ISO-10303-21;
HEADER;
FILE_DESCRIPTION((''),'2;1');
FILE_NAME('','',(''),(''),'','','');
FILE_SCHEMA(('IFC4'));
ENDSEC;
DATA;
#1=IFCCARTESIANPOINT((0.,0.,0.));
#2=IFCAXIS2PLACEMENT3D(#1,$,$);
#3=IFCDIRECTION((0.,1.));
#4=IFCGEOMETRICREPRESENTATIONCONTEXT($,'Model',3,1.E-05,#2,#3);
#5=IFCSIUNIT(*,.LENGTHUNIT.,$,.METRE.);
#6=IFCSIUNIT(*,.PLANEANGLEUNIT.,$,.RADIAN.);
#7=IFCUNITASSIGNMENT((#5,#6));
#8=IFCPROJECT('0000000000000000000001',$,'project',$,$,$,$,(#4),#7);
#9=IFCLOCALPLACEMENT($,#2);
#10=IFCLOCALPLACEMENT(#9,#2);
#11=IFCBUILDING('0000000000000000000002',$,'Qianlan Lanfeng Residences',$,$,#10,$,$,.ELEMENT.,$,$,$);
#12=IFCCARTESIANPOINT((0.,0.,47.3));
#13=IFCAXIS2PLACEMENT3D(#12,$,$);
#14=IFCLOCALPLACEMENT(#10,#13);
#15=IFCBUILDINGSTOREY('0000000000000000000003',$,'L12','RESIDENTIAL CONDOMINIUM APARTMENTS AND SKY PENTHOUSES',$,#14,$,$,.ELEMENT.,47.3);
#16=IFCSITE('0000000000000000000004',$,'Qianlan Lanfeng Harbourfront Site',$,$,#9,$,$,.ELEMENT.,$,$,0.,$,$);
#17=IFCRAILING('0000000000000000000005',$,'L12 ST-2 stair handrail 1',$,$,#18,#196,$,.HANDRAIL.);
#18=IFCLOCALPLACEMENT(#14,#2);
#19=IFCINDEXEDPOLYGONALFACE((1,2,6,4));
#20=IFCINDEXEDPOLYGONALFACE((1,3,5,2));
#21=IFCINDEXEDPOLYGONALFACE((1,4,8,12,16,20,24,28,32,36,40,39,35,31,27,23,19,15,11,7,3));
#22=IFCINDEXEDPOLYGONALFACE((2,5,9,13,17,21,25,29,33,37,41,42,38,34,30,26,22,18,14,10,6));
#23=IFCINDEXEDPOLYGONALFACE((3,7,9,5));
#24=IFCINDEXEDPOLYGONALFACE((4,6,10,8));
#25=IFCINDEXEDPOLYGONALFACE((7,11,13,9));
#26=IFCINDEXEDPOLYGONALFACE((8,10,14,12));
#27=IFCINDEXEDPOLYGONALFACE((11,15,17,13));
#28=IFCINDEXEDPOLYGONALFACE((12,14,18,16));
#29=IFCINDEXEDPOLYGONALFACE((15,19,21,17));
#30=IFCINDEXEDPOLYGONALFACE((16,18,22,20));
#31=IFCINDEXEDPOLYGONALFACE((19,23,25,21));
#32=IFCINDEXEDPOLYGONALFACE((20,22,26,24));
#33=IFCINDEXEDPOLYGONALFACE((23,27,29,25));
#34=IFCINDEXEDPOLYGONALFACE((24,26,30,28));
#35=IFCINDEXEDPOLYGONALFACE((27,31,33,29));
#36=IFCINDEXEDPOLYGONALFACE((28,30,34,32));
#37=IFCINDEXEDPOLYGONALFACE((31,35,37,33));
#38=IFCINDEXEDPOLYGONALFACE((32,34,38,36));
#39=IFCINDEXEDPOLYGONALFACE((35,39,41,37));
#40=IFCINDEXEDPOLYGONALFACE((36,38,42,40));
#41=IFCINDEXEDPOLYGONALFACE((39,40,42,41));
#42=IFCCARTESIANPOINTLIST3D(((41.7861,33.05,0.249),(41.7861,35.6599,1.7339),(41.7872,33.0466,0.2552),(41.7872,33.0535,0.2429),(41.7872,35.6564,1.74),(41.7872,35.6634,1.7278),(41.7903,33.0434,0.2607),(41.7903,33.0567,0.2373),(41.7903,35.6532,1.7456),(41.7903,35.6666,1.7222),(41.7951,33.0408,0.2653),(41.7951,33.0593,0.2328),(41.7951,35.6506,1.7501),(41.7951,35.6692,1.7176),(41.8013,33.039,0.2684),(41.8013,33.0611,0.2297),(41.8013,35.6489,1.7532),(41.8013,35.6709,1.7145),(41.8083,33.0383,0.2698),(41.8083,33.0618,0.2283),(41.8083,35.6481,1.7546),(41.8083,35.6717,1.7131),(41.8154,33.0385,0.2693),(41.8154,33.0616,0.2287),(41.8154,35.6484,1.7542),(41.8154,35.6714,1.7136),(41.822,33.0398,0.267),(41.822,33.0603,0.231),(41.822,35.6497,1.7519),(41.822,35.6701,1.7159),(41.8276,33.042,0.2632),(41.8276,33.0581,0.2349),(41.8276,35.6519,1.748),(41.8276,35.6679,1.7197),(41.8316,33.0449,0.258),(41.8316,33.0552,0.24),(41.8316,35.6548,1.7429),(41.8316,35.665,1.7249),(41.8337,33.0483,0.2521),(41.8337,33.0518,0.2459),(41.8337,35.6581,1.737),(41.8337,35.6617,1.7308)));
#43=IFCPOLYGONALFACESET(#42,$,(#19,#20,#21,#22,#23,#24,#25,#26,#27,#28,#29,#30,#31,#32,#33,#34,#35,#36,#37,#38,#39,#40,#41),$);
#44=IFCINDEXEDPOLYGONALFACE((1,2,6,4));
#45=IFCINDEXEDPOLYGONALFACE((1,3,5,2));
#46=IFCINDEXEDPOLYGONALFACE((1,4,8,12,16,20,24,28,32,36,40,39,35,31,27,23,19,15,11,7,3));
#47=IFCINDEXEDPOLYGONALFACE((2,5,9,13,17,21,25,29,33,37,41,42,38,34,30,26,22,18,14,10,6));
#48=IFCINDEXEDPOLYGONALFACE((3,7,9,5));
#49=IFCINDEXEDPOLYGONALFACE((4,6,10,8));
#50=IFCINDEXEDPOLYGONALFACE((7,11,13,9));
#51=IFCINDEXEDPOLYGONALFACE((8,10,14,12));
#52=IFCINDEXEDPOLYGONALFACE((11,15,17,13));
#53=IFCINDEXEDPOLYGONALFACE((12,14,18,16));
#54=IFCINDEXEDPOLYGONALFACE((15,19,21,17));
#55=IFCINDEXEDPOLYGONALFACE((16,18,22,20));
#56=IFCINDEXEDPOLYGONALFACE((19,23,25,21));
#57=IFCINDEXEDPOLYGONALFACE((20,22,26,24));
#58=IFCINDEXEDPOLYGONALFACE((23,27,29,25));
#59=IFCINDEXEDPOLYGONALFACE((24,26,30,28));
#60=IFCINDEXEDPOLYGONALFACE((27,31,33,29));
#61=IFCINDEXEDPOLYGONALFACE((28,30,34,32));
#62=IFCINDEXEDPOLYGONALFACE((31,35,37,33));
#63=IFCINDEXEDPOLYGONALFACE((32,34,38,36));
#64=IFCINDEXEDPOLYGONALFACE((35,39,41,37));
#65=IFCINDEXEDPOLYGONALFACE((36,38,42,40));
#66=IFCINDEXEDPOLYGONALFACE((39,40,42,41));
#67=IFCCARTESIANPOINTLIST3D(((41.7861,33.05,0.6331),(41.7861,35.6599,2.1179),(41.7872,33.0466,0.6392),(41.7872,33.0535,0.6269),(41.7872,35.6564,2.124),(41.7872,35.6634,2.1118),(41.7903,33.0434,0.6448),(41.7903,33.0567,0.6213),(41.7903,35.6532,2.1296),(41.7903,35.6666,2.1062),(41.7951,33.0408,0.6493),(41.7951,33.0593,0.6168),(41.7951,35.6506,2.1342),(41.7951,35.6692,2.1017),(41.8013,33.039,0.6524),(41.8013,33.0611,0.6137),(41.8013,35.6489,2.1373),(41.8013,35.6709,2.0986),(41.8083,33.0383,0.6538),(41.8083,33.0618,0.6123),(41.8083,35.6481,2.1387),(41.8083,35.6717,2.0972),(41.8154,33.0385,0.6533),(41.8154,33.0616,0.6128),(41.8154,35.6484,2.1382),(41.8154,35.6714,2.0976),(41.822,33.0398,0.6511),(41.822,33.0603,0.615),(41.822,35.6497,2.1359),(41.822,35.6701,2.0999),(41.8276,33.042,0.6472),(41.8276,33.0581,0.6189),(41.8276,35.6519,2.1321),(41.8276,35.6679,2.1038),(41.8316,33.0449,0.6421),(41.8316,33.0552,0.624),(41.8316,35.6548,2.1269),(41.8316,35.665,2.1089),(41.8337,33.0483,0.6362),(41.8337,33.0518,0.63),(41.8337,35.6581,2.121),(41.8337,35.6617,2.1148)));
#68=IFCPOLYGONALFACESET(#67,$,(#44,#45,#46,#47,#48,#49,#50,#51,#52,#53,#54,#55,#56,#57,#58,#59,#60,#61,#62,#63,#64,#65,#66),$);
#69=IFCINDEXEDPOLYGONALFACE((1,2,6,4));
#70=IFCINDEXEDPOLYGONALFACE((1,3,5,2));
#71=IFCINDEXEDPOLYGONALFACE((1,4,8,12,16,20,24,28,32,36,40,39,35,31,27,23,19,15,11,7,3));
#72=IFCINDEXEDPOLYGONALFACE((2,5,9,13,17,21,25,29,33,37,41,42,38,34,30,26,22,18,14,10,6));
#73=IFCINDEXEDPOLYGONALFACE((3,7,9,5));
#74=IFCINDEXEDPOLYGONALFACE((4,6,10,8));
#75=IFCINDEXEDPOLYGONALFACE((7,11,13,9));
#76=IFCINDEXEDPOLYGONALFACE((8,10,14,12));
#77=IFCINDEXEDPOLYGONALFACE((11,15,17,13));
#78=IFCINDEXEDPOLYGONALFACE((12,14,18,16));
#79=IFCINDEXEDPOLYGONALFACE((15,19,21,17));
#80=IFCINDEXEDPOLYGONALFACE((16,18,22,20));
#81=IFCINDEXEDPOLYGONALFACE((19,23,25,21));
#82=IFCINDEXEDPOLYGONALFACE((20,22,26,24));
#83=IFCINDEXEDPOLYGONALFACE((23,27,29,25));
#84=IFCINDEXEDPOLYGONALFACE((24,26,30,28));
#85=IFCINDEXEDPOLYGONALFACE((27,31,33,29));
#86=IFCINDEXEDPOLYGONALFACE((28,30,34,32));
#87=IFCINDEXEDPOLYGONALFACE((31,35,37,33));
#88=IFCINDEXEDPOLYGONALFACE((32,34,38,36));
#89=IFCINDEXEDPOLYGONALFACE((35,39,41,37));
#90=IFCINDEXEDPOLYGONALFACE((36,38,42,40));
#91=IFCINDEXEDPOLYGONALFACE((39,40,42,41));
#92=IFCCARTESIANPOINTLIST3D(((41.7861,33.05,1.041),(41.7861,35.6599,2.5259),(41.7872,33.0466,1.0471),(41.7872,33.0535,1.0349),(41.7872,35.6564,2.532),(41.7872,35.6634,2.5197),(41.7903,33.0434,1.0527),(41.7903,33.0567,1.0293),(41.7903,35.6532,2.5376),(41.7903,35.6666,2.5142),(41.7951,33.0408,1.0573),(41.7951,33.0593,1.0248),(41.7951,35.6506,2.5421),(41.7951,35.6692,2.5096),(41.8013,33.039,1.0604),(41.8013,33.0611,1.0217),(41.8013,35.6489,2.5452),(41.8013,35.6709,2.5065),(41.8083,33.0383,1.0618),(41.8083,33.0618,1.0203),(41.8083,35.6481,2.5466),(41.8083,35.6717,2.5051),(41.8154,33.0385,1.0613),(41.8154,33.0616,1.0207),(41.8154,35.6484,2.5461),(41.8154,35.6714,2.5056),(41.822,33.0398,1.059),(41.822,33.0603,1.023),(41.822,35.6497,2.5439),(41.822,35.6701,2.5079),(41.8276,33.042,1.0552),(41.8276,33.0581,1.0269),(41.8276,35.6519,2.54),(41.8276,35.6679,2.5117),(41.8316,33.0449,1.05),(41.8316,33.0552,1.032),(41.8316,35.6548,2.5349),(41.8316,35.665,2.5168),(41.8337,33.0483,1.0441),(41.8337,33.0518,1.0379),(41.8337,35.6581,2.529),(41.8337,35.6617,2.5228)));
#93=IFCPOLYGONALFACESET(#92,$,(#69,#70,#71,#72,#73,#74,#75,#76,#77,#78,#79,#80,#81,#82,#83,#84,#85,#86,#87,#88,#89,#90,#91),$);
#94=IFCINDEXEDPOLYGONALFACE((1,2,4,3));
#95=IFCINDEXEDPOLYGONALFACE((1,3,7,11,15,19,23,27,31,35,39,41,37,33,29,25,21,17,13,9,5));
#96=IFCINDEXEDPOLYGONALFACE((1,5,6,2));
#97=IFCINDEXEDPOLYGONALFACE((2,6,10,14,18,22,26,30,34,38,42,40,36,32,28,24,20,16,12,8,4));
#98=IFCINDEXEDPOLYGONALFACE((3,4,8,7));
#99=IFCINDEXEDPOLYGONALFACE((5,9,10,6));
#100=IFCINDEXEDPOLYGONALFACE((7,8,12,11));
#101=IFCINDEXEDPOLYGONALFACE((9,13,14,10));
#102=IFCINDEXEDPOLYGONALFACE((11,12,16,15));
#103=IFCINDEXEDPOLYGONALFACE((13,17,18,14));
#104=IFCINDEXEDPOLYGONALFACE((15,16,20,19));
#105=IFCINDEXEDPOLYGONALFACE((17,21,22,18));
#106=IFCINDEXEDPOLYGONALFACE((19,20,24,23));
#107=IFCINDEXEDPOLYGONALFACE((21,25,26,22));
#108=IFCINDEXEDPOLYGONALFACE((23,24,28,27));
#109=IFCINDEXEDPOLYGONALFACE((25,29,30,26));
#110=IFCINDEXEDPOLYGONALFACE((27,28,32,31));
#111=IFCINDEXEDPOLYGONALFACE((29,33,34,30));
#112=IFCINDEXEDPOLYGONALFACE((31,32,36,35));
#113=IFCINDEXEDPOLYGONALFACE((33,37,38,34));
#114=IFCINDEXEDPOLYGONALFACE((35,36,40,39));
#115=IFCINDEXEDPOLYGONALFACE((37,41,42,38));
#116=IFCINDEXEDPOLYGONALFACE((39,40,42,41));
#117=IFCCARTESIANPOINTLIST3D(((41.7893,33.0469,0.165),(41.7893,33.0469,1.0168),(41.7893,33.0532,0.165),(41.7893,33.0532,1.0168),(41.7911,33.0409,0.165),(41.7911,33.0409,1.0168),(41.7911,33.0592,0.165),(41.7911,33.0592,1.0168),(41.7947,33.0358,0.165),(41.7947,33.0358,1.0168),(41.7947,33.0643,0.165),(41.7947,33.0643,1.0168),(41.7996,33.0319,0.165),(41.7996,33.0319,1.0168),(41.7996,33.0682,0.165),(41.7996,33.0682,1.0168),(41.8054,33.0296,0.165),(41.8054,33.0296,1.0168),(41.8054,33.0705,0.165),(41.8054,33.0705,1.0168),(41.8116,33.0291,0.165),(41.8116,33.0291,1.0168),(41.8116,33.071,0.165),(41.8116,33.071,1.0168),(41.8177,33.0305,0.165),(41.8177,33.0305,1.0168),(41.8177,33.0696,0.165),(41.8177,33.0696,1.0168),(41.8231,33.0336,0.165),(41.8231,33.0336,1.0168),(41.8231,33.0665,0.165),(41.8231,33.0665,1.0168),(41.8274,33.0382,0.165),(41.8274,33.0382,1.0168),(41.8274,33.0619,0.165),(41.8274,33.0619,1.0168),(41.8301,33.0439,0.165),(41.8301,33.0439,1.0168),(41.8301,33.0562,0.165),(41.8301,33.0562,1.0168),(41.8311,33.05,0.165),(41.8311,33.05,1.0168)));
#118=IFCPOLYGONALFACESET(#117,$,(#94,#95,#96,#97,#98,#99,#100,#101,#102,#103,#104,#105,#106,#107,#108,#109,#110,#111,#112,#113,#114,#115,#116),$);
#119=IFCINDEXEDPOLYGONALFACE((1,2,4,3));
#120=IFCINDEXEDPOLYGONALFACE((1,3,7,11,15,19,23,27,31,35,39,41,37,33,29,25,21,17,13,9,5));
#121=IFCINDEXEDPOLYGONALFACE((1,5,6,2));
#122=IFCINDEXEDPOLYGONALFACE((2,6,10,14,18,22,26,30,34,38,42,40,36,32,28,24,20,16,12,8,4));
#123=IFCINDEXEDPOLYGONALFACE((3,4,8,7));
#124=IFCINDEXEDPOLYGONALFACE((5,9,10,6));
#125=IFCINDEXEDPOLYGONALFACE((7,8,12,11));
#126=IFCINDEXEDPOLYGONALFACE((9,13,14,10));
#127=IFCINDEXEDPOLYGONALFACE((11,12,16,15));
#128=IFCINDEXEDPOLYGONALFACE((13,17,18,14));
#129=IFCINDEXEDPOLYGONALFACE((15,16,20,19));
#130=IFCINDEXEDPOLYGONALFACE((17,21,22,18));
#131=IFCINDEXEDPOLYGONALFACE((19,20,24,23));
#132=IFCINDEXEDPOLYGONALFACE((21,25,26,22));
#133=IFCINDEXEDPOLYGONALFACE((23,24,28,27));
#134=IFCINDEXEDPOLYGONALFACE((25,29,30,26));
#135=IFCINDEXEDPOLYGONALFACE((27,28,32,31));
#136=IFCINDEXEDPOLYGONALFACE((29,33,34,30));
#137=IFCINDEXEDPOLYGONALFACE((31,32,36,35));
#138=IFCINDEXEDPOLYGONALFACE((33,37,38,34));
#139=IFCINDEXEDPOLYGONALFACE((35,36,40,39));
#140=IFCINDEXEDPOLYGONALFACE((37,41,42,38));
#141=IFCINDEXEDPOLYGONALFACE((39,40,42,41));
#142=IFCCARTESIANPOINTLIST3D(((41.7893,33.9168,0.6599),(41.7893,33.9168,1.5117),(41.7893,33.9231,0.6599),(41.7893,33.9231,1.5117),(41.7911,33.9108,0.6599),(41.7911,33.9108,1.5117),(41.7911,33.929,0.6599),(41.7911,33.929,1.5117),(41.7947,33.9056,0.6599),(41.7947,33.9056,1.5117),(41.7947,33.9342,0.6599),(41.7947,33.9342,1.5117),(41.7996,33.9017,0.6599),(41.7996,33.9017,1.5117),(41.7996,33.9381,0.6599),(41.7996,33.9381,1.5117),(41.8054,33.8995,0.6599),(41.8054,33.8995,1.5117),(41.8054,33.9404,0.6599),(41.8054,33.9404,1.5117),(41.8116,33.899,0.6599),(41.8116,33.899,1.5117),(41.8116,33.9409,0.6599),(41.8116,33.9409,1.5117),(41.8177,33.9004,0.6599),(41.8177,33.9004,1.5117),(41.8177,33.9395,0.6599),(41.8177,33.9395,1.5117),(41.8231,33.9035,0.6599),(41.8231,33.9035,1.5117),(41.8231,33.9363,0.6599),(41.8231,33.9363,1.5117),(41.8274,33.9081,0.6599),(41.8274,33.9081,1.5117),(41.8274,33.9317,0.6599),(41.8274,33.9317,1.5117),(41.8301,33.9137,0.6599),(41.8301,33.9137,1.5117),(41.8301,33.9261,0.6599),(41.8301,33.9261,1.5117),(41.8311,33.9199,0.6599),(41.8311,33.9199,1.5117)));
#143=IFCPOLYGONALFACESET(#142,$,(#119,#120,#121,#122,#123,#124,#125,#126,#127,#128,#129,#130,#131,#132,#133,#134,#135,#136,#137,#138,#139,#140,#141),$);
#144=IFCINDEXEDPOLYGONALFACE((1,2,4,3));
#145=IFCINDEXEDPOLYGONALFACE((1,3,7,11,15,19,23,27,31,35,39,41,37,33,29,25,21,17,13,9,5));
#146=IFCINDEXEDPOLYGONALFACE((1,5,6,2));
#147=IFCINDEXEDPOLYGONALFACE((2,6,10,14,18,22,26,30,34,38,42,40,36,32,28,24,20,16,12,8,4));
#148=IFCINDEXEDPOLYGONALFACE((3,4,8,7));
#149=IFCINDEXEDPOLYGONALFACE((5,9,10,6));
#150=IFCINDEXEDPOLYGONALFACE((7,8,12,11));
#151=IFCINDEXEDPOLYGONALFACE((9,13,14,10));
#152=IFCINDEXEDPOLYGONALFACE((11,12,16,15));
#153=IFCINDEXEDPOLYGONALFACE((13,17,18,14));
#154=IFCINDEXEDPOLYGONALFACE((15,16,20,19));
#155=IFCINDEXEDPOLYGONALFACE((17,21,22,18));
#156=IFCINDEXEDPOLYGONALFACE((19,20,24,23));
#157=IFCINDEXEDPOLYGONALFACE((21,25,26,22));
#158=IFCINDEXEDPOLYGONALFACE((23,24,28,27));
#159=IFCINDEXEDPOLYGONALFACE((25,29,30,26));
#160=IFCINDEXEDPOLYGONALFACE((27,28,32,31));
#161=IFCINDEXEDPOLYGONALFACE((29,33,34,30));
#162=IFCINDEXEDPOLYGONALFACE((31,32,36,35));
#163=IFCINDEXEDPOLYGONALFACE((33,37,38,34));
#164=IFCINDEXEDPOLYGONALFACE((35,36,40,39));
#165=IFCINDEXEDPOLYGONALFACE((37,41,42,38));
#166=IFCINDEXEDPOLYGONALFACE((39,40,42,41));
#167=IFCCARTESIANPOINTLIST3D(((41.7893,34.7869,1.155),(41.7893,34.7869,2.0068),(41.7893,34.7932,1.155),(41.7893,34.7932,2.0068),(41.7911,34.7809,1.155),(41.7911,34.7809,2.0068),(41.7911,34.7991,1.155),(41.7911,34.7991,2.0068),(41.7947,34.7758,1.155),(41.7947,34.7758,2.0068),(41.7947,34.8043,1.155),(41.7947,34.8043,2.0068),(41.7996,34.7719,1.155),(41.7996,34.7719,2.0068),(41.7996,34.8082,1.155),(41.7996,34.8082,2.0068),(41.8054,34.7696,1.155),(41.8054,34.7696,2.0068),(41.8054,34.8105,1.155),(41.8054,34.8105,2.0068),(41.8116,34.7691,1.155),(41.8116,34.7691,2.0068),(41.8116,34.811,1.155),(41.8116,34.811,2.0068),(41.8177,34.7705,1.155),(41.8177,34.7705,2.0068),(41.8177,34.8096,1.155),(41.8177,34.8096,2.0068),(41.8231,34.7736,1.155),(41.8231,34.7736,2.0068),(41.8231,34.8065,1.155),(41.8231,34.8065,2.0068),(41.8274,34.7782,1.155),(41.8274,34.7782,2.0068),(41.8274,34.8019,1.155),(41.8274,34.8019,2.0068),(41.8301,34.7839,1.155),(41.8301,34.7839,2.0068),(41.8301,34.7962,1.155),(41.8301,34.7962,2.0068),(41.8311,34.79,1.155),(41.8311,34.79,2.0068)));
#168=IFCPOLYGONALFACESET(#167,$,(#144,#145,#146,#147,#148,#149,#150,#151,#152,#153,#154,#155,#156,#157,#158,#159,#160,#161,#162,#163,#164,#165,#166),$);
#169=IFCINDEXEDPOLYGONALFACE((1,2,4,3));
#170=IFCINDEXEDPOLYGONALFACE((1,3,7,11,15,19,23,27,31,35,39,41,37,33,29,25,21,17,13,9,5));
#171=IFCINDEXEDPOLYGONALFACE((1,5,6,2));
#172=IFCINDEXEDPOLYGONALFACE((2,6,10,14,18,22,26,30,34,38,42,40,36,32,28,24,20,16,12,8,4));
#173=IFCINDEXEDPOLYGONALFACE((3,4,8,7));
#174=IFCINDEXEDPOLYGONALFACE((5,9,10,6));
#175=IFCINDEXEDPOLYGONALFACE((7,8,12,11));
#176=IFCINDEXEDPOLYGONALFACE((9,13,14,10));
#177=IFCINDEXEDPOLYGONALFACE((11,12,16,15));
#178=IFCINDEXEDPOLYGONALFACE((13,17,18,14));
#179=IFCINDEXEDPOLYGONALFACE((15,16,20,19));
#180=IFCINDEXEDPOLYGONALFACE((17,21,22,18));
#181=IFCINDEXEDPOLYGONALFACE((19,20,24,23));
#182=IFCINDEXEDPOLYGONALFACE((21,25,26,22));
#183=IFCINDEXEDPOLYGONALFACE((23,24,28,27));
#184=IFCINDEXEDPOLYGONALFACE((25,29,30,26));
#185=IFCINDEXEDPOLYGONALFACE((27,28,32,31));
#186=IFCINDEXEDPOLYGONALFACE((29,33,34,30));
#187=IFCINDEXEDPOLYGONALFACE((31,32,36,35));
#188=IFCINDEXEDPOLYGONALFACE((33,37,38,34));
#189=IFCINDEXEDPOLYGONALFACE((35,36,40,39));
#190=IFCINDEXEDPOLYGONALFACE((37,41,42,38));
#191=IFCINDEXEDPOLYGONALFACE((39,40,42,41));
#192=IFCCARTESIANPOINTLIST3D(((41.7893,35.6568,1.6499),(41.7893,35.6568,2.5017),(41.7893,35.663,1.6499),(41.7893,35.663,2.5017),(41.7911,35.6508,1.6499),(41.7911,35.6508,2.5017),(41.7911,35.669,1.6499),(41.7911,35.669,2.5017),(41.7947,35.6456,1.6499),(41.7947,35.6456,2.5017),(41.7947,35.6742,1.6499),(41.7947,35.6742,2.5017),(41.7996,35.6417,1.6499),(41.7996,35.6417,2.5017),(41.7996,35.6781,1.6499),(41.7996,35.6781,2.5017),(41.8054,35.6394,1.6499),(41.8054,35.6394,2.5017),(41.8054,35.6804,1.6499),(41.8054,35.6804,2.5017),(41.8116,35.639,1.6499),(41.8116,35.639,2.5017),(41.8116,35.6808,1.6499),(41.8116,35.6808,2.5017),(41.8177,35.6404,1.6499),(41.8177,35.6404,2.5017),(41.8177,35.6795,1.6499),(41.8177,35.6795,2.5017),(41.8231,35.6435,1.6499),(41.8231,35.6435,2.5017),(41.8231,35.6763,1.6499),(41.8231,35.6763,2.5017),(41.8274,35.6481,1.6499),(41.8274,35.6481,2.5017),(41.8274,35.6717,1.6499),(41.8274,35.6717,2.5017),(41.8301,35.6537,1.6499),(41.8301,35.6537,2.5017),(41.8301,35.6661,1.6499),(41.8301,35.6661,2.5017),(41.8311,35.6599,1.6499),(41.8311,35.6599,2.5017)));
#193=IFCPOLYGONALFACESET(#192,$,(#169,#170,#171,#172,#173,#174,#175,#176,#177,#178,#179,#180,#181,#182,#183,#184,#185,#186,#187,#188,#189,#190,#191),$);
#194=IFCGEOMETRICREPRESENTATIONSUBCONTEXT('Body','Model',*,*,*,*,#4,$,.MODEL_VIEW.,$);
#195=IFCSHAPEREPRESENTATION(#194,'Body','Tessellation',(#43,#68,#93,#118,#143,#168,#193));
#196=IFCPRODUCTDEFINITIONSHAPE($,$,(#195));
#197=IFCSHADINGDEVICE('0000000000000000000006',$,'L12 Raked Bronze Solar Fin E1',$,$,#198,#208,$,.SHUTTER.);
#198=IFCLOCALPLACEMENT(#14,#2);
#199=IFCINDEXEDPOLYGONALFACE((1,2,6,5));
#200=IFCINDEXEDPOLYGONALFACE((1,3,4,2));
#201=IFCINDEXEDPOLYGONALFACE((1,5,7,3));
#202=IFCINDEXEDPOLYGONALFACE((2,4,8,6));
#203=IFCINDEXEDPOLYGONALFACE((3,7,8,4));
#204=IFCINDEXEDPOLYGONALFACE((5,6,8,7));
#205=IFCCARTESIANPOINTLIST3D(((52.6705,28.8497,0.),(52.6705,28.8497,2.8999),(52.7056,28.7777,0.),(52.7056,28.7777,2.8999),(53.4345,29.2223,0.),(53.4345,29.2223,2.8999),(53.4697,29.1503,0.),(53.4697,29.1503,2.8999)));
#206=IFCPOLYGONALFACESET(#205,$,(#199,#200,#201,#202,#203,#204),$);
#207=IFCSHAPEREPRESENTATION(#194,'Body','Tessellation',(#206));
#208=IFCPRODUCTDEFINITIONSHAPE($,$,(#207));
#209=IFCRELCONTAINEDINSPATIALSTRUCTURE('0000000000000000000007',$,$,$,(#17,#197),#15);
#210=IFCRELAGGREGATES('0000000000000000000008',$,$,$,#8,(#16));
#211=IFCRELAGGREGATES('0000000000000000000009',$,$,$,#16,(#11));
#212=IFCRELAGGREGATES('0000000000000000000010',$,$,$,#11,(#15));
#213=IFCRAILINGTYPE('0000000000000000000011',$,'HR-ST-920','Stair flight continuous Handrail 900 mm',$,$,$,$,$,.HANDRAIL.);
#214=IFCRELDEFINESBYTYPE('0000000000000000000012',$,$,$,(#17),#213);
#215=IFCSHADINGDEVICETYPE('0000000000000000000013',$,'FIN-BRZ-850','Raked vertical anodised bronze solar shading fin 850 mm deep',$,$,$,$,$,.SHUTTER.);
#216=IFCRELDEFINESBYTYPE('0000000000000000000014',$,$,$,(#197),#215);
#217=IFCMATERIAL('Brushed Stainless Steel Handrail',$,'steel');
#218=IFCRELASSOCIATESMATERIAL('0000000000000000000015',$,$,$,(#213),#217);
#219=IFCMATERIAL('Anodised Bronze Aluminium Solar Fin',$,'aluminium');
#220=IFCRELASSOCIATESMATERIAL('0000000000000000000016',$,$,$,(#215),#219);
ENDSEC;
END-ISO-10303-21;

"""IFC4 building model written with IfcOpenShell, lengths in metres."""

from ifc_helpers import new_model, si_unit, direction, frame, origin, origin_2d, place, context, subcontext, project, spatial, rectangle, circle, extrude, source, transform, mapped, material, type_object, element, save


model = new_model("IFC4")

# Units and contexts
model_context = context("Model", 3, precision=1e-05, world=origin(), true_north=direction((0.0, 1.0)))
body_context = subcontext(model_context, "Body", "Model", "MODEL_VIEW")
ifc_project = project(units=[si_unit("LENGTHUNIT", "METRE"), si_unit("PLANEANGLEUNIT", "RADIAN")], contexts=[model_context])

# Site, building, storey
site_placement = place(None, origin())
site = spatial("IfcSite", under=ifc_project, at=site_placement, Name="Qianlan Lanfeng Harbourfront Site", CompositionType="ELEMENT", RefElevation=0.0)
building_placement = place(site_placement, origin())
building = spatial("IfcBuilding", under=site, at=building_placement, Name="Qianlan Lanfeng Residences", CompositionType="ELEMENT")
storey_placement = place(building_placement, frame((0.0, 0.0, 47.3)))
storey = spatial("IfcBuildingStorey", under=building, at=storey_placement, Name="L12", Description="RESIDENTIAL CONDOMINIUM APARTMENTS AND SKY PENTHOUSES", CompositionType="ELEMENT", Elevation=47.3)

# Railing
ifc_material_1 = material(Name="Brushed Stainless Steel Handrail", Category="steel")
railing_type_1 = type_object("IfcRailingType", Name="HR-ST-920", Description="Stair flight continuous Handrail 900 mm", PredefinedType="HANDRAIL", material=ifc_material_1)
railing_1_placement = place(storey_placement, frame((41.8101, 33.05, 0.165)))
element("IfcRailing", 1, at=railing_1_placement, inside=storey, type_object=railing_type_1, Name="L12 ST-2 stair handrail 1", PredefinedType="HANDRAIL", context=body_context, shape_type="SweptSolid", body=[
    extrude(circle(Radius=0.0239, at=origin_2d()), frame((0.0, 0.0, 0.084), z_axis=(0.0, 0.869172, 0.494509), x_axis=(-1.0, 0.0, 0.0)), (0.0, 0.0, 1.0), 3.0027),
    extrude(circle(Radius=0.0239, at=origin_2d()), frame((0.0, 0.0, 0.468), z_axis=(0.0, 0.869172, 0.494509), x_axis=(-1.0, 0.0, 0.0)), (0.0, 0.0, 1.0), 3.0027),
    extrude(circle(Radius=0.0239, at=origin_2d()), frame((0.0, 0.0, 0.876), z_axis=(0.0, 0.869172, 0.494509), x_axis=(-1.0, 0.0, 0.0)), (0.0, 0.0, 1.0), 3.0027),
    extrude(circle(Radius=0.021, at=origin_2d()), origin(), (0.0, 0.0, 1.0), 0.8518),
    extrude(circle(Radius=0.021, at=origin_2d()), frame((0.0, 0.8699, 0.4949)), (0.0, 0.0, 1.0), 0.8518),
    extrude(circle(Radius=0.021, at=origin_2d()), frame((0.0, 1.74, 0.99)), (0.0, 0.0, 1.0), 0.8518),
    extrude(circle(Radius=0.021, at=origin_2d()), frame((0.0, 2.6099, 1.4849)), (0.0, 0.0, 1.0), 0.8518),
])

# Shading device
ifc_material_2 = material(Name="Anodised Bronze Aluminium Solar Fin", Category="aluminium")
shading_device_type = type_object("IfcShadingDeviceType", Name="FIN-BRZ-850", Description="Raked vertical anodised bronze solar shading fin 850 mm deep", PredefinedType="SHUTTER", material=ifc_material_2)
shared_shape_1 = source(origin(), body_context, "Body", "SweptSolid", [
    extrude(rectangle(XDim=0.8501, YDim=0.0801, at=origin_2d()), origin(), (0.0, 0.0, 1.0), 2.8999),
])
for number, where, z_axis, x_axis, name in (
    (2, (53.0701, 29.0, 0.0), (0.0, 0.0, 1.0), (0.898794, 0.438371, 0.0), "L12 Raked Bronze Solar Fin E1"),
):
    element("IfcShadingDevice", number, at=place(storey_placement, frame(where, z_axis=z_axis, x_axis=x_axis)), inside=storey, type_object=shading_device_type, Name=name, PredefinedType="SHUTTER", context=body_context, shape_type="MappedRepresentation", body=[
        mapped(shared_shape_1, transform((0.0, 0.0, 0.0), scale=1.0)),
    ])

save(model, "model.ifc")
